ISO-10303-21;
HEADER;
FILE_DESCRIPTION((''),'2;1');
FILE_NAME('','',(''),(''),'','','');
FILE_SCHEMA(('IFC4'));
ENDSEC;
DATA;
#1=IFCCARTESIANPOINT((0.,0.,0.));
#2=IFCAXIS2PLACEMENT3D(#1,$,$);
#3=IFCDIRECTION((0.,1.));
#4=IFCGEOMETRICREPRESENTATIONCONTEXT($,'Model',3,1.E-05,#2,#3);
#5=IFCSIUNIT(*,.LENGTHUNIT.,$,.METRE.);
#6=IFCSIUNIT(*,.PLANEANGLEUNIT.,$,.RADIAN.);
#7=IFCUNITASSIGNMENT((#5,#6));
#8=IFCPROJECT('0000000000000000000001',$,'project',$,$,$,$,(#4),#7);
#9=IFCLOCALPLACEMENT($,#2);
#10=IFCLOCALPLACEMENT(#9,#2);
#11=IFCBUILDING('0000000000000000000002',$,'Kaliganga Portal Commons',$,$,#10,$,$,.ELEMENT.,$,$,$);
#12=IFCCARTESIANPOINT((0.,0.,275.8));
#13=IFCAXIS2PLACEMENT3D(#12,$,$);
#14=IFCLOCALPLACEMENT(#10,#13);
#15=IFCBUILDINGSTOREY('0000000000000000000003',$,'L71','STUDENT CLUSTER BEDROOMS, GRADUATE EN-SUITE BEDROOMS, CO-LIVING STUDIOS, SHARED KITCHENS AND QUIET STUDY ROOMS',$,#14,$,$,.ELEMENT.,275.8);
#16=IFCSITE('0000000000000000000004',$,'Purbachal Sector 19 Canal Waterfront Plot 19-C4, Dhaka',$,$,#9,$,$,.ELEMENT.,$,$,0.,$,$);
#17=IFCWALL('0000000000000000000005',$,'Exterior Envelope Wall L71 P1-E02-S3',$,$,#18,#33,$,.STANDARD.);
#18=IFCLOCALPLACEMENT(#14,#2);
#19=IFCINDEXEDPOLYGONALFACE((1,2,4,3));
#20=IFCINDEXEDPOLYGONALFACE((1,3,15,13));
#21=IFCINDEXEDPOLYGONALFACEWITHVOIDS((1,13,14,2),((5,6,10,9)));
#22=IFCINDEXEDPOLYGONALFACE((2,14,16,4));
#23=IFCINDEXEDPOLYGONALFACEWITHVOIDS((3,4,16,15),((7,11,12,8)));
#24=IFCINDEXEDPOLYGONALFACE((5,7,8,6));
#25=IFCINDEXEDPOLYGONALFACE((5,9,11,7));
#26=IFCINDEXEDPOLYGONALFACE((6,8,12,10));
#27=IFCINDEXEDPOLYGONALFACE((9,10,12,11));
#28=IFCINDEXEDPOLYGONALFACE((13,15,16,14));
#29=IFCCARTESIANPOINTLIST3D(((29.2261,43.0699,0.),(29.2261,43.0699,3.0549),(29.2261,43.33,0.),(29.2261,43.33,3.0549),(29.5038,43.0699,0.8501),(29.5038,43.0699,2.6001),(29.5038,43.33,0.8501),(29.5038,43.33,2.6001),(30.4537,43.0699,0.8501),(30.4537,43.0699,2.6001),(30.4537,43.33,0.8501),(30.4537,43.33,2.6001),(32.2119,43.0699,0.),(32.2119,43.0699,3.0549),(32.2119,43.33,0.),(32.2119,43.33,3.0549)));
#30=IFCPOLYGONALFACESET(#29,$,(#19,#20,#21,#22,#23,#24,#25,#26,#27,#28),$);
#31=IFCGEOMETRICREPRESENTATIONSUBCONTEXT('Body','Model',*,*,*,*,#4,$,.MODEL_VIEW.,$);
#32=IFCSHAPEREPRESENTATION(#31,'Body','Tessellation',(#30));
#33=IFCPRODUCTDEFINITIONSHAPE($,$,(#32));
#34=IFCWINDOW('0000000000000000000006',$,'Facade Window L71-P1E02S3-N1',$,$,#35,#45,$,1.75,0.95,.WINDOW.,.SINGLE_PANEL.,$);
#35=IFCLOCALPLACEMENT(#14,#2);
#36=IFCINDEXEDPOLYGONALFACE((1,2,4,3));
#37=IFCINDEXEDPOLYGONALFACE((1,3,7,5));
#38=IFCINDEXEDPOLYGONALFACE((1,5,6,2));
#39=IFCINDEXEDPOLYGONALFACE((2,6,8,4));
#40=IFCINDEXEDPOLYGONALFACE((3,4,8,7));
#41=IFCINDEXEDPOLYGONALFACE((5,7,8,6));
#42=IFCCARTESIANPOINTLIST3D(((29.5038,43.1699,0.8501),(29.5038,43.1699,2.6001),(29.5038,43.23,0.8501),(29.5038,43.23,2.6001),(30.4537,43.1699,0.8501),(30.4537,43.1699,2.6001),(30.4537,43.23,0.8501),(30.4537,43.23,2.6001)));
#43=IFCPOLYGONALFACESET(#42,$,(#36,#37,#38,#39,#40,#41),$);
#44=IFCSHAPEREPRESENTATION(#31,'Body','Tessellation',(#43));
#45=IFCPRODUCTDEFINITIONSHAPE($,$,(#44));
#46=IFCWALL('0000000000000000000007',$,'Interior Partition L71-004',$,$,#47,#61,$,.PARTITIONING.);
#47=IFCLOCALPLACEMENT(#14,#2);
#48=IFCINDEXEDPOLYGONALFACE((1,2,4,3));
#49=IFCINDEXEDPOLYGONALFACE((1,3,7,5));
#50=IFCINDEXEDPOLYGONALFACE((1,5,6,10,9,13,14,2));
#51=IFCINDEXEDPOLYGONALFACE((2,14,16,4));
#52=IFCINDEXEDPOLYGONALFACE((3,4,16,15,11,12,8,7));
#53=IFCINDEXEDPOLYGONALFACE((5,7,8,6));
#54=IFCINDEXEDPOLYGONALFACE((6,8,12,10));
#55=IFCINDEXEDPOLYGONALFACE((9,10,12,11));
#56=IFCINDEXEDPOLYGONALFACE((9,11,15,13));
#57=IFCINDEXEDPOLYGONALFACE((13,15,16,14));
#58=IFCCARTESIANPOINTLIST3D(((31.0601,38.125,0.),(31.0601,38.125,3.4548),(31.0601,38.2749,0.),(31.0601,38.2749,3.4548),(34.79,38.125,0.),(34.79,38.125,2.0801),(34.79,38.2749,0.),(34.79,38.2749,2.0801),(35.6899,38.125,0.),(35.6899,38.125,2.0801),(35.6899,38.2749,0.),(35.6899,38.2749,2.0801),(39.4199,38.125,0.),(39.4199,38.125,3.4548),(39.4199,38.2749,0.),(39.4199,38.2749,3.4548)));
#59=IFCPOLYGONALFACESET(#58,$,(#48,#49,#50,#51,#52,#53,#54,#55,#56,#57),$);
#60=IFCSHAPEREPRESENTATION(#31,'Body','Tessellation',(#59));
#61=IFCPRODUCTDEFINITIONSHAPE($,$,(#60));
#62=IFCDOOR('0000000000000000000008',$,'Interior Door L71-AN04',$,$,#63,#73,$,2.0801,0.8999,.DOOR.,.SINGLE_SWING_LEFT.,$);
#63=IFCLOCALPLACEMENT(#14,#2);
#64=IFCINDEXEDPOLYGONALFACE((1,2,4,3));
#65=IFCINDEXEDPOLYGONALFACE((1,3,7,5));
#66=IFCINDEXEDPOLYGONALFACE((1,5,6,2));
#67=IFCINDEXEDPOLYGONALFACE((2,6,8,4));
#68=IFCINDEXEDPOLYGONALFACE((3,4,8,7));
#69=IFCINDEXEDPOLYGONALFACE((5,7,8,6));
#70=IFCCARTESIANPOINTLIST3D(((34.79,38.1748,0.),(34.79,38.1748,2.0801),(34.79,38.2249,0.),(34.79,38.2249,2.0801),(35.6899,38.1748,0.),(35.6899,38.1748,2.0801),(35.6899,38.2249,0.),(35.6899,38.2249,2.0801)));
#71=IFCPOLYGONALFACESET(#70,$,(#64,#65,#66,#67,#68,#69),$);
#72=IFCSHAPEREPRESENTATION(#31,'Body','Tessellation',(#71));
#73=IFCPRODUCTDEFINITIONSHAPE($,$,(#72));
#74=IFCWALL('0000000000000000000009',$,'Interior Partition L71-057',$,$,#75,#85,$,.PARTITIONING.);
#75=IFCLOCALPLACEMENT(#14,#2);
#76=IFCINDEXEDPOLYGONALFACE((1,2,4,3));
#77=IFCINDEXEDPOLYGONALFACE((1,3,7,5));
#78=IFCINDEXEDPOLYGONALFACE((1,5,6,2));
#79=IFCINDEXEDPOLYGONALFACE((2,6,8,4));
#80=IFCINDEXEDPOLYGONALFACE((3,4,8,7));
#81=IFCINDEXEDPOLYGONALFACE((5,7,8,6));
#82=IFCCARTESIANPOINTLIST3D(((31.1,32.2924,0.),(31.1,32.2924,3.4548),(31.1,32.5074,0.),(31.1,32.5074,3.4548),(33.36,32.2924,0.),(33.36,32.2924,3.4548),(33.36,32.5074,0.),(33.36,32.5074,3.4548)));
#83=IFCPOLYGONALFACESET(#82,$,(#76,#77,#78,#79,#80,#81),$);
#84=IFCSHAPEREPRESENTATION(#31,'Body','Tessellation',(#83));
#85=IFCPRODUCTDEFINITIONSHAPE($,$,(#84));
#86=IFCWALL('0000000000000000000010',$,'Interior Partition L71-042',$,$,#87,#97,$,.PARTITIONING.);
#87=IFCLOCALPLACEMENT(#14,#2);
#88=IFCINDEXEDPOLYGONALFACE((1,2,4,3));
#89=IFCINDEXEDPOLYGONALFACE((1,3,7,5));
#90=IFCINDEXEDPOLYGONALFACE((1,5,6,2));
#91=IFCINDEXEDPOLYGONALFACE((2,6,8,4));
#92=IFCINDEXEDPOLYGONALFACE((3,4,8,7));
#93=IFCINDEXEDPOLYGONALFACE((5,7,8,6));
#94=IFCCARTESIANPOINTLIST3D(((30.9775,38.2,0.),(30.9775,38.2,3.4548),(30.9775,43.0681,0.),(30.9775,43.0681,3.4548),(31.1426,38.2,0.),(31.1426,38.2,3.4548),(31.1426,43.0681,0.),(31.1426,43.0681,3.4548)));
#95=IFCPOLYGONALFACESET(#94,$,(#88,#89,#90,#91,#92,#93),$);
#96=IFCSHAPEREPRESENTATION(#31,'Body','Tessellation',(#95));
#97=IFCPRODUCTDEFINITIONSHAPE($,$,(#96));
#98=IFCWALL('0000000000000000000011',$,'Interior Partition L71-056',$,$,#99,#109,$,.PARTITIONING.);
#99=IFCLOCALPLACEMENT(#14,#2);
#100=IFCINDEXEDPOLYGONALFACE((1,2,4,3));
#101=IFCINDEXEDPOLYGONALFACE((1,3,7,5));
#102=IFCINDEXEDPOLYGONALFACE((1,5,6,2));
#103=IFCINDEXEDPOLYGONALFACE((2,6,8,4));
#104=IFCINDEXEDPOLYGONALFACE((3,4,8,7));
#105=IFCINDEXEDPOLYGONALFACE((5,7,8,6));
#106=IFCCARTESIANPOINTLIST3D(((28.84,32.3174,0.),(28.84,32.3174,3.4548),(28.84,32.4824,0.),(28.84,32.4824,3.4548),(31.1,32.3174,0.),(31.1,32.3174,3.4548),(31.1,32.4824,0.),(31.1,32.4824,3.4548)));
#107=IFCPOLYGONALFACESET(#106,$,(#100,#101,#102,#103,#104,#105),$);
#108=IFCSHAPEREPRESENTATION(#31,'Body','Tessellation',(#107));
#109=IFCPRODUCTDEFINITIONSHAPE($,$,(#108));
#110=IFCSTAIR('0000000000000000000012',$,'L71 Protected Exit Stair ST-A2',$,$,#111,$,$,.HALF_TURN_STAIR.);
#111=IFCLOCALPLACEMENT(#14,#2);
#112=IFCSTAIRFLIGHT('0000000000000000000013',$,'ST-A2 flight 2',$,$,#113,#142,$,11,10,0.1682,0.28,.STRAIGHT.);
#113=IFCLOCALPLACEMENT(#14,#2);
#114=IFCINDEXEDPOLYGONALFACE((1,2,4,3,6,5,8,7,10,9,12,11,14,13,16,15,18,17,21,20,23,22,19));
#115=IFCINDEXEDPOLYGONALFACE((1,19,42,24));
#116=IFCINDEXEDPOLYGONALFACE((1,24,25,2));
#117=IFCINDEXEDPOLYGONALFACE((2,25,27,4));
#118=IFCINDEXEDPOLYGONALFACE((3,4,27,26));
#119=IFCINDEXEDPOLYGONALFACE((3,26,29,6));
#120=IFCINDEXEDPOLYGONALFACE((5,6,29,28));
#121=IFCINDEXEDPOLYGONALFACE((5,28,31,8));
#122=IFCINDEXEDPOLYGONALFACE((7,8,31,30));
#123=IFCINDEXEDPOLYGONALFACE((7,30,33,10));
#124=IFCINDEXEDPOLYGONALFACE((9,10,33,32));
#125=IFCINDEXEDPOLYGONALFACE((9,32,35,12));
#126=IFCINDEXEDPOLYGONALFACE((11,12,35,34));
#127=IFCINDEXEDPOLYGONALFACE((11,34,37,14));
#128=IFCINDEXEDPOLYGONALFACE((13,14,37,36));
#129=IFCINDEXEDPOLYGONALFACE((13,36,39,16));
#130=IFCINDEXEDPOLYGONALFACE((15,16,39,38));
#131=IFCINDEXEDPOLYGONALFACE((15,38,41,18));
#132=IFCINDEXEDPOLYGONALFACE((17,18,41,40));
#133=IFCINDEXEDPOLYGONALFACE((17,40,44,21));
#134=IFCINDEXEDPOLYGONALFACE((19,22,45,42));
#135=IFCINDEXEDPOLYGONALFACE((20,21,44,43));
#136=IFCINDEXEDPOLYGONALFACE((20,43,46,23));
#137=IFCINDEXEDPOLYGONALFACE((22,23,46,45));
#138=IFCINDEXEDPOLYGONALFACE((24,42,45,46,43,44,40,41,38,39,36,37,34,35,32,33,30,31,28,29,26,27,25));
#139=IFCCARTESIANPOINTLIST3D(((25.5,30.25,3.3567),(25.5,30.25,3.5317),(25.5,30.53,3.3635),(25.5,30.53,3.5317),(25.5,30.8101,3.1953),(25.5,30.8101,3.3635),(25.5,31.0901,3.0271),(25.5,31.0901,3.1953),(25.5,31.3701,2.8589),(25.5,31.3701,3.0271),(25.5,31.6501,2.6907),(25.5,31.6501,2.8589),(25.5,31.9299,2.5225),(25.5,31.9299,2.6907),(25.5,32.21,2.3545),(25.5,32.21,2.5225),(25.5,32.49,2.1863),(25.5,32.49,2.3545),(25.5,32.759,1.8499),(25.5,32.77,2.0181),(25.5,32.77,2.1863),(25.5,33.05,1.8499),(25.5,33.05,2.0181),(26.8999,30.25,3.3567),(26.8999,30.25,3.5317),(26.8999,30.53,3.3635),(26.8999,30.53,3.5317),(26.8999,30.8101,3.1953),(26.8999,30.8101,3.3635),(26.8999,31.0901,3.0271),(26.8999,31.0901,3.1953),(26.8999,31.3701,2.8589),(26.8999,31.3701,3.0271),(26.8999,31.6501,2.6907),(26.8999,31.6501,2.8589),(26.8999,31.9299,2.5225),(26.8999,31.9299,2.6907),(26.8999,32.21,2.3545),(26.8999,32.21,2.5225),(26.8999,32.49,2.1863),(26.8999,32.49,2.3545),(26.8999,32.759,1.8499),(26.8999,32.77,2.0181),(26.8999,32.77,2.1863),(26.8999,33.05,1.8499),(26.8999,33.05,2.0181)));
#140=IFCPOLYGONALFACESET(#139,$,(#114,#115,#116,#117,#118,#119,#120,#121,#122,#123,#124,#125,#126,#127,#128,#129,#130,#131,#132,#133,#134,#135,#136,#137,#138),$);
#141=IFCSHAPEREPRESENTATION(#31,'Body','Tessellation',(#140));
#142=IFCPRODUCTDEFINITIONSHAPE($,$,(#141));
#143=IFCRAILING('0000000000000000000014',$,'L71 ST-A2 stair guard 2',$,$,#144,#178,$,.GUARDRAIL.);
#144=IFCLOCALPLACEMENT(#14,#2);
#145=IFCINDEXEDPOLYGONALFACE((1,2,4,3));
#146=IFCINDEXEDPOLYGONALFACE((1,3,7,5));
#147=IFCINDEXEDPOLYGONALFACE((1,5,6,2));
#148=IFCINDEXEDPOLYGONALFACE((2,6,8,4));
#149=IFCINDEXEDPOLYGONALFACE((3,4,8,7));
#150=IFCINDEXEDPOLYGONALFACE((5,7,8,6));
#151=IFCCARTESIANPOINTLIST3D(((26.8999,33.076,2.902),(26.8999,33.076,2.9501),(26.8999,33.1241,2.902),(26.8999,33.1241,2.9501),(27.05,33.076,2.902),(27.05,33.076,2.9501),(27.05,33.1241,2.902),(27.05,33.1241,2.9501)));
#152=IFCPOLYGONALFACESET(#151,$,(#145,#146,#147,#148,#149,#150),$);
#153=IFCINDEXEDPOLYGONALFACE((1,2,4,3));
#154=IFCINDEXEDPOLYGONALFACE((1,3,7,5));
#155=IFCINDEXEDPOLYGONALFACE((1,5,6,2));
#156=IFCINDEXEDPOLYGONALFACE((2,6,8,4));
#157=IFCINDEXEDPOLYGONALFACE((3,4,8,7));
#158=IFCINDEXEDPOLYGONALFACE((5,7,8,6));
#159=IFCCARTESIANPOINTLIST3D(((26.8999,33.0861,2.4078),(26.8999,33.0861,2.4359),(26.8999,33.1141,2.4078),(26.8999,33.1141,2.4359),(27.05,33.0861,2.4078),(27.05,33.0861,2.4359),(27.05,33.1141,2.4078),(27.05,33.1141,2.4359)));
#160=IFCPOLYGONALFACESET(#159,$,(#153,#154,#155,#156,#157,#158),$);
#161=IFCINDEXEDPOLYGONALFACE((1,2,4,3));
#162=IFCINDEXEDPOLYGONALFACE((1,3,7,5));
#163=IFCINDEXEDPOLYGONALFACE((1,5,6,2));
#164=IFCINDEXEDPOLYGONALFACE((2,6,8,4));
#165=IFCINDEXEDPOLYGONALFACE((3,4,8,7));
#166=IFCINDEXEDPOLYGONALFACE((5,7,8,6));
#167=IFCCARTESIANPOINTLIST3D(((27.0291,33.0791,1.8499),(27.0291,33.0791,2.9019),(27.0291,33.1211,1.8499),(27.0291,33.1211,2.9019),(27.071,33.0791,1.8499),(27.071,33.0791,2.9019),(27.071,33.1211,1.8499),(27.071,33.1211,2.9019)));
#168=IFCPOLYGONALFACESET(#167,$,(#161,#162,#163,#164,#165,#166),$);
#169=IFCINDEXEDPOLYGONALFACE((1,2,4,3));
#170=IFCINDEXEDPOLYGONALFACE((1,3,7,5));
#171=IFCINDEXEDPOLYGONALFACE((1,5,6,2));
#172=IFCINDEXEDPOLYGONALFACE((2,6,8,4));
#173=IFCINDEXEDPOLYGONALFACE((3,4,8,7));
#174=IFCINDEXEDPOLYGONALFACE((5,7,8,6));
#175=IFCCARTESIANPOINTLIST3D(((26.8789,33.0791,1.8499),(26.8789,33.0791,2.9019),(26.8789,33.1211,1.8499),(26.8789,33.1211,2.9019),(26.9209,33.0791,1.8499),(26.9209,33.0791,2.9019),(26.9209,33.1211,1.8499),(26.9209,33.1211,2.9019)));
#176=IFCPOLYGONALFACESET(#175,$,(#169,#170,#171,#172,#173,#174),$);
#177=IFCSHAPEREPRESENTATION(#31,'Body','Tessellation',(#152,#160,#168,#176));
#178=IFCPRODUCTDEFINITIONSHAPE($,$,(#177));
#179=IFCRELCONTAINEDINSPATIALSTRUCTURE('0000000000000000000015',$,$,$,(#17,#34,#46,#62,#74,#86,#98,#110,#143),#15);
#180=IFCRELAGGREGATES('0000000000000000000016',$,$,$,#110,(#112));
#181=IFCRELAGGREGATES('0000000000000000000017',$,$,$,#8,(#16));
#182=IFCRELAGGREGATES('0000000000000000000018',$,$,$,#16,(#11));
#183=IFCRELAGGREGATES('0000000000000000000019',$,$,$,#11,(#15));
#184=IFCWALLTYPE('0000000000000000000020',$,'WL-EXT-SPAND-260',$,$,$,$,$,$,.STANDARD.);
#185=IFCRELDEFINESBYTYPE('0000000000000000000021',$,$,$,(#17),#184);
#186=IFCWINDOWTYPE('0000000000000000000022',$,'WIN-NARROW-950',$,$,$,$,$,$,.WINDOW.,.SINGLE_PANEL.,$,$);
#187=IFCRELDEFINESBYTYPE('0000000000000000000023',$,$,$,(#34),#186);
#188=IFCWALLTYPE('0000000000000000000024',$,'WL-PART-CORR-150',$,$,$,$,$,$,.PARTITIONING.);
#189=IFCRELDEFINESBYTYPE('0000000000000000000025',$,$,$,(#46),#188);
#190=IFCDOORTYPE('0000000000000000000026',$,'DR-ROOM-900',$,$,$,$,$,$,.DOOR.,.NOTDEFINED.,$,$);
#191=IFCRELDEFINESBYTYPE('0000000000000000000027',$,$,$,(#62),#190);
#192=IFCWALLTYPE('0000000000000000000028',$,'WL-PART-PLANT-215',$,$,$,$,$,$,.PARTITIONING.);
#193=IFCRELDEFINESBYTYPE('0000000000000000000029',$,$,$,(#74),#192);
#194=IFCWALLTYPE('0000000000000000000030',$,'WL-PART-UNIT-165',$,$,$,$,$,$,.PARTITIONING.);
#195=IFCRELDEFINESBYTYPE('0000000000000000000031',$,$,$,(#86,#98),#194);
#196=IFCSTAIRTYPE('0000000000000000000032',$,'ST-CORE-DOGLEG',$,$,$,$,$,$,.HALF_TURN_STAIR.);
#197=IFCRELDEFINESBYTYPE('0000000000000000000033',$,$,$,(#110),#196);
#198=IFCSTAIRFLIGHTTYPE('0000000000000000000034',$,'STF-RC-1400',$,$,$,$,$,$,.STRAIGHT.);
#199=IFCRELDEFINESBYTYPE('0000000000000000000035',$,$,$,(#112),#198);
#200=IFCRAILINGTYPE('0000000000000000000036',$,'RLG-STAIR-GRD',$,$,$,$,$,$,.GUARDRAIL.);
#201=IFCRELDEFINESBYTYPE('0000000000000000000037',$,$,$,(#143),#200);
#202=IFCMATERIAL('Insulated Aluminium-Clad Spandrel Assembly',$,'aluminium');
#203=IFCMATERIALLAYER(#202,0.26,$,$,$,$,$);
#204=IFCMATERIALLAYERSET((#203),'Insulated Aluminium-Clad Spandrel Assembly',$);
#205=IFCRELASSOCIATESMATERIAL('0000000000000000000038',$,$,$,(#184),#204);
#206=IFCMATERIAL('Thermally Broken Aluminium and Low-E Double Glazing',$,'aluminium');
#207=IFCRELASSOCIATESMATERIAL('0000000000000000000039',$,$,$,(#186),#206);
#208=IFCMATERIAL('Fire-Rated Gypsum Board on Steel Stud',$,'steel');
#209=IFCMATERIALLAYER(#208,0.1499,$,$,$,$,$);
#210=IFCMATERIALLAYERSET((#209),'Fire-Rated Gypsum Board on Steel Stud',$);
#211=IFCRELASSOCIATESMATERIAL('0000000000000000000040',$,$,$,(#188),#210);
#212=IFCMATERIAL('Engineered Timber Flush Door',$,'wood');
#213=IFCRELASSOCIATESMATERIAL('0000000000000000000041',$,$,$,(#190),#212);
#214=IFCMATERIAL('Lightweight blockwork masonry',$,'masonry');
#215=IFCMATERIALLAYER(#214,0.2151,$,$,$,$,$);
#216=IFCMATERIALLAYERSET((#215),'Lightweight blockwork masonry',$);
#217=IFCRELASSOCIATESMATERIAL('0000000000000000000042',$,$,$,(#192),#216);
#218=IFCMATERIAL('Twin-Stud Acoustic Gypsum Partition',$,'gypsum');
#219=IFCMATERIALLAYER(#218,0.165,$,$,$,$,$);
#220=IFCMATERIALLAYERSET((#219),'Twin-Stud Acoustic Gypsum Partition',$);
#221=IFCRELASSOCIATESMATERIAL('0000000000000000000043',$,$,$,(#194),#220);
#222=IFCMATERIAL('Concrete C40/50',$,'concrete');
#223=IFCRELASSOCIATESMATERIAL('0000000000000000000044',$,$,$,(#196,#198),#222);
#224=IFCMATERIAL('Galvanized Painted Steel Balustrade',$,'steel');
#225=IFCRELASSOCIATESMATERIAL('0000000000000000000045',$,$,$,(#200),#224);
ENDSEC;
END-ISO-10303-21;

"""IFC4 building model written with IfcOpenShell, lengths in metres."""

from ifc_helpers import new_model, si_unit, direction, frame, frame_2d, origin, origin_2d, place, context, subcontext, project, spatial, polyline, rectangle, outline, extrude, material, layer, layer_set, type_object, element, fill, aggregate, save


model = new_model("IFC4")

# Units and contexts
model_context = context("Model", 3, precision=1e-05, world=origin(), true_north=direction((0.0, 1.0)))
body_context = subcontext(model_context, "Body", "Model", "MODEL_VIEW")
ifc_project = project(units=[si_unit("LENGTHUNIT", "METRE"), si_unit("PLANEANGLEUNIT", "RADIAN")], contexts=[model_context])

# Site, building, storey
site_placement = place(None, origin())
site = spatial("IfcSite", under=ifc_project, at=site_placement, Name="Purbachal Sector 19 Canal Waterfront Plot 19-C4, Dhaka", CompositionType="ELEMENT", RefElevation=0.0)
building_placement = place(site_placement, origin())
building = spatial("IfcBuilding", under=site, at=building_placement, Name="Kaliganga Portal Commons", CompositionType="ELEMENT")
storey_placement = place(building_placement, frame((0.0, 0.0, 275.8)))
storey = spatial("IfcBuildingStorey", under=building, at=storey_placement, Name="L71", Description="STUDENT CLUSTER BEDROOMS, GRADUATE EN-SUITE BEDROOMS, CO-LIVING STUDIOS, SHARED KITCHENS AND QUIET STUDY ROOMS", CompositionType="ELEMENT", Elevation=275.8)

# Wall, opening, window
ifc_material_1 = material(Name="Insulated Aluminium-Clad Spandrel Assembly", Category="aluminium")
ifc_layer_1 = layer(ifc_material_1, 0.26)
ifc_layer_set_1 = layer_set([ifc_layer_1], Name="Insulated Aluminium-Clad Spandrel Assembly")
wall_type_1 = type_object("IfcWallType", Name="WL-EXT-SPAND-260", PredefinedType="STANDARD", material=ifc_layer_set_1)
wall_1_placement = place(storey_placement, frame((29.2261, 43.2, 0.0), z_axis=(0.0, 0.0, 1.0), x_axis=(1.0, 0.0, 0.0)))
wall_1 = element("IfcWall", 1, at=wall_1_placement, inside=storey, type_object=wall_type_1, Name="Exterior Envelope Wall L71 P1-E02-S3", PredefinedType="STANDARD", context=body_context, shape_type="SweptSolid", body=[
    extrude(rectangle(XDim=2.9858, YDim=0.26, at=frame_2d((1.4929, 0.0))), origin(), (0.0, 0.0, 1.0), 3.0549),
])
opening_1_placement = place(wall_1_placement, frame((0.2776, 0.0, 0.8501)))
opening_1 = element("IfcOpeningElement", 2, at=opening_1_placement, cuts=wall_1, PredefinedType="OPENING", context=body_context, shape_type="SweptSolid", body=[
    extrude(rectangle(XDim=0.95, YDim=1.75, at=frame_2d((0.4751, 0.875))), frame((0.0, 0.1401, 0.0), z_axis=(0.0, -1.0, 0.0), x_axis=(1.0, 0.0, 0.0)), (0.0, 0.0, 1.0), 0.28),
])
ifc_material_2 = material(Name="Thermally Broken Aluminium and Low-E Double Glazing", Category="aluminium")
window_type = type_object("IfcWindowType", Name="WIN-NARROW-950", PartitioningType="SINGLE_PANEL", PredefinedType="WINDOW", material=ifc_material_2)
window_placement = place(opening_1_placement, origin())
window = element("IfcWindow", 3, at=window_placement, inside=storey, type_object=window_type, Name="Facade Window L71-P1E02S3-N1", OverallHeight=1.75, OverallWidth=0.95, PartitioningType="SINGLE_PANEL", PredefinedType="WINDOW", context=body_context, shape_type="SweptSolid", body=[
    extrude(rectangle(XDim=0.95, YDim=1.75, at=frame_2d((0.4751, 0.875))), frame((0.0, 0.03, 0.0), z_axis=(0.0, -1.0, 0.0), x_axis=(1.0, 0.0, 0.0)), (0.0, 0.0, 1.0), 0.0601),
])
fill(opening_1, window)

# Wall, opening, door
ifc_material_3 = material(Name="Fire-Rated Gypsum Board on Steel Stud", Category="steel")
ifc_layer_2 = layer(ifc_material_3, 0.1499)
ifc_layer_set_2 = layer_set([ifc_layer_2], Name="Fire-Rated Gypsum Board on Steel Stud")
wall_type_2 = type_object("IfcWallType", Name="WL-PART-CORR-150", PredefinedType="PARTITIONING", material=ifc_layer_set_2)
wall_2_placement = place(storey_placement, frame((31.0601, 38.2, 0.0), z_axis=(0.0, 0.0, 1.0), x_axis=(1.0, 0.0, 0.0)))
wall_2 = element("IfcWall", 4, at=wall_2_placement, inside=storey, type_object=wall_type_2, Name="Interior Partition L71-004", PredefinedType="PARTITIONING", context=body_context, shape_type="SweptSolid", body=[
    extrude(rectangle(XDim=8.3599, YDim=0.1499, at=frame_2d((4.1799, 0.0))), origin(), (0.0, 0.0, 1.0), 3.4548),
])
opening_2_placement = place(wall_2_placement, frame((3.73, 0.0, 0.0)))
opening_2 = element("IfcOpeningElement", 5, at=opening_2_placement, cuts=wall_2, PredefinedType="OPENING", context=body_context, shape_type="SweptSolid", body=[
    extrude(rectangle(XDim=0.8999, YDim=2.0801, at=frame_2d((0.45, 1.04))), frame((0.0, 0.085, 0.0), z_axis=(0.0, -1.0, 0.0), x_axis=(1.0, 0.0, 0.0)), (0.0, 0.0, 1.0), 0.1699),
])
ifc_material_4 = material(Name="Engineered Timber Flush Door", Category="wood")
door_type_1 = type_object("IfcDoorType", Name="DR-ROOM-900", OperationType="NOTDEFINED", PredefinedType="DOOR", material=ifc_material_4)
door_1_placement = place(opening_2_placement, origin())
door_1 = element("IfcDoor", 6, at=door_1_placement, inside=storey, type_object=door_type_1, Name="Interior Door L71-AN04", OperationType="SINGLE_SWING_LEFT", OverallHeight=2.0801, OverallWidth=0.8999, PredefinedType="DOOR", context=body_context, shape_type="SweptSolid", body=[
    extrude(rectangle(XDim=0.8999, YDim=2.0801, at=frame_2d((0.45, 1.04))), frame((0.0, 0.0249, 0.0), z_axis=(0.0, -1.0, 0.0), x_axis=(1.0, 0.0, 0.0)), (0.0, 0.0, 1.0), 0.05),
])
fill(opening_2, door_1)

# Walls
ifc_material_5 = material(Name="Lightweight blockwork masonry", Category="masonry")
ifc_layer_3 = layer(ifc_material_5, 0.2151)
ifc_layer_set_3 = layer_set([ifc_layer_3], Name="Lightweight blockwork masonry")
wall_type_3 = type_object("IfcWallType", Name="WL-PART-PLANT-215", PredefinedType="PARTITIONING", material=ifc_layer_set_3)
wall_3_placement = place(storey_placement, frame((31.1001, 32.3999, 0.0), z_axis=(0.0, 0.0, 1.0), x_axis=(1.0, 0.0, 0.0)))
element("IfcWall", 7, at=wall_3_placement, inside=storey, type_object=wall_type_3, Name="Interior Partition L71-057", PredefinedType="PARTITIONING", context=body_context, shape_type="SweptSolid", body=[
    extrude(rectangle(XDim=2.26, YDim=0.2151, at=frame_2d((1.1299, 0.0))), origin(), (0.0, 0.0, 1.0), 3.4548),
])
ifc_material_6 = material(Name="Twin-Stud Acoustic Gypsum Partition", Category="gypsum")
ifc_layer_4 = layer(ifc_material_6, 0.165)
ifc_layer_set_4 = layer_set([ifc_layer_4], Name="Twin-Stud Acoustic Gypsum Partition")
wall_type_4 = type_object("IfcWallType", Name="WL-PART-UNIT-165", PredefinedType="PARTITIONING", material=ifc_layer_set_4)
wall_4_placement = place(storey_placement, frame((31.0601, 38.2, 0.0), z_axis=(0.0, 0.0, 1.0), x_axis=(0.0, 1.0, 0.0)))
element("IfcWall", 8, at=wall_4_placement, inside=storey, type_object=wall_type_4, Name="Interior Partition L71-042", PredefinedType="PARTITIONING", context=body_context, shape_type="SweptSolid", body=[
    extrude(rectangle(XDim=4.8682, YDim=0.165, at=frame_2d((2.4341, 0.0))), origin(), (0.0, 0.0, 1.0), 3.4548),
])
wall_5_placement = place(storey_placement, frame((28.8401, 32.3999, 0.0), z_axis=(0.0, 0.0, 1.0), x_axis=(1.0, 0.0, 0.0)))
element("IfcWall", 9, at=wall_5_placement, inside=storey, type_object=wall_type_4, Name="Interior Partition L71-056", PredefinedType="PARTITIONING", context=body_context, shape_type="SweptSolid", body=[
    extrude(rectangle(XDim=2.26, YDim=0.165, at=frame_2d((1.1299, 0.0))), origin(), (0.0, 0.0, 1.0), 3.4548),
])

# Stair, stair flight
ifc_material_7 = material(Name="Concrete C40/50", Category="concrete")
stair_type = type_object("IfcStairType", Name="ST-CORE-DOGLEG", PredefinedType="HALF_TURN_STAIR", material=ifc_material_7)
stair_placement = place(storey_placement, origin())
stair = element("IfcStair", 10, at=stair_placement, inside=storey, type_object=stair_type, Name="L71 Protected Exit Stair ST-A2", PredefinedType="HALF_TURN_STAIR")
stair_flight_type = type_object("IfcStairFlightType", Name="STF-RC-1400", PredefinedType="STRAIGHT", material=ifc_material_7)
stair_flight_placement = place(storey_placement, frame((26.2, 33.05, 1.8499), z_axis=(0.0, 0.0, 1.0), x_axis=(0.0, -1.0, 0.0)))
stair_flight = element("IfcStairFlight", 11, at=stair_flight_placement, type_object=stair_flight_type, Name="ST-A2 flight 2", NumberOfRisers=11, NumberOfTreads=10, PredefinedType="STRAIGHT", RiserHeight=0.1682, TreadLength=0.28, context=body_context, shape_type="SweptSolid", body=[
    extrude(outline(polyline([(0.0, 0.0), (0.0, 0.1682), (0.28, 0.1682), (0.28, 0.3364), (0.5601, 0.3364), (0.5601, 0.5046), (0.8401, 0.5046), (0.8401, 0.6726), (1.1201, 0.6726), (1.1201, 0.8408), (1.3999, 0.8408), (1.3999, 1.009), (1.6799, 1.009), (1.6799, 1.1772), (1.96, 1.1772), (1.96, 1.3455), (2.24, 1.3455), (2.24, 1.5137), (2.52, 1.5137), (2.52, 1.6819), (2.8, 1.6819), (2.8, 1.8501), (2.8, 1.5068), (0.291, 0.0), (0.0, 0.0)])), frame((0.0, 0.7, 0.0), z_axis=(0.0, -1.0, 0.0), x_axis=(1.0, 0.0, 0.0)), (0.0, 0.0, 1.0), 1.3999),
])
aggregate(stair, [stair_flight])

# Railing
ifc_material_8 = material(Name="Galvanized Painted Steel Balustrade", Category="steel")
railing_type_1 = type_object("IfcRailingType", Name="RLG-STAIR-GRD", PredefinedType="GUARDRAIL", material=ifc_material_8)
railing_1_placement = place(storey_placement, frame((27.05, 33.1001, 1.8499)))
element("IfcRailing", 12, at=railing_1_placement, inside=storey, type_object=railing_type_1, Name="L71 ST-A2 stair guard 2", PredefinedType="GUARDRAIL", context=body_context, shape_type="SweptSolid", body=[
    extrude(rectangle(XDim=0.0481, YDim=0.0481, at=origin_2d()), frame((0.0, 0.0, 1.0762), z_axis=(-1.0, 0.0, 0.0), x_axis=(0.0, -1.0, 0.0)), (0.0, 0.0, 1.0), 0.1501),
    extrude(rectangle(XDim=0.0281, YDim=0.0281, at=origin_2d()), frame((0.0, 0.0, 0.572), z_axis=(-1.0, 0.0, 0.0), x_axis=(0.0, -1.0, 0.0)), (0.0, 0.0, 1.0), 0.1501),
    extrude(rectangle(XDim=0.042, YDim=0.042, at=origin_2d()), origin(), (0.0, 0.0, 1.0), 1.052),
    extrude(rectangle(XDim=0.042, YDim=0.042, at=origin_2d()), frame((-0.1501, 0.0, 0.0)), (0.0, 0.0, 1.0), 1.052),
])

save(model, "model.ifc")
